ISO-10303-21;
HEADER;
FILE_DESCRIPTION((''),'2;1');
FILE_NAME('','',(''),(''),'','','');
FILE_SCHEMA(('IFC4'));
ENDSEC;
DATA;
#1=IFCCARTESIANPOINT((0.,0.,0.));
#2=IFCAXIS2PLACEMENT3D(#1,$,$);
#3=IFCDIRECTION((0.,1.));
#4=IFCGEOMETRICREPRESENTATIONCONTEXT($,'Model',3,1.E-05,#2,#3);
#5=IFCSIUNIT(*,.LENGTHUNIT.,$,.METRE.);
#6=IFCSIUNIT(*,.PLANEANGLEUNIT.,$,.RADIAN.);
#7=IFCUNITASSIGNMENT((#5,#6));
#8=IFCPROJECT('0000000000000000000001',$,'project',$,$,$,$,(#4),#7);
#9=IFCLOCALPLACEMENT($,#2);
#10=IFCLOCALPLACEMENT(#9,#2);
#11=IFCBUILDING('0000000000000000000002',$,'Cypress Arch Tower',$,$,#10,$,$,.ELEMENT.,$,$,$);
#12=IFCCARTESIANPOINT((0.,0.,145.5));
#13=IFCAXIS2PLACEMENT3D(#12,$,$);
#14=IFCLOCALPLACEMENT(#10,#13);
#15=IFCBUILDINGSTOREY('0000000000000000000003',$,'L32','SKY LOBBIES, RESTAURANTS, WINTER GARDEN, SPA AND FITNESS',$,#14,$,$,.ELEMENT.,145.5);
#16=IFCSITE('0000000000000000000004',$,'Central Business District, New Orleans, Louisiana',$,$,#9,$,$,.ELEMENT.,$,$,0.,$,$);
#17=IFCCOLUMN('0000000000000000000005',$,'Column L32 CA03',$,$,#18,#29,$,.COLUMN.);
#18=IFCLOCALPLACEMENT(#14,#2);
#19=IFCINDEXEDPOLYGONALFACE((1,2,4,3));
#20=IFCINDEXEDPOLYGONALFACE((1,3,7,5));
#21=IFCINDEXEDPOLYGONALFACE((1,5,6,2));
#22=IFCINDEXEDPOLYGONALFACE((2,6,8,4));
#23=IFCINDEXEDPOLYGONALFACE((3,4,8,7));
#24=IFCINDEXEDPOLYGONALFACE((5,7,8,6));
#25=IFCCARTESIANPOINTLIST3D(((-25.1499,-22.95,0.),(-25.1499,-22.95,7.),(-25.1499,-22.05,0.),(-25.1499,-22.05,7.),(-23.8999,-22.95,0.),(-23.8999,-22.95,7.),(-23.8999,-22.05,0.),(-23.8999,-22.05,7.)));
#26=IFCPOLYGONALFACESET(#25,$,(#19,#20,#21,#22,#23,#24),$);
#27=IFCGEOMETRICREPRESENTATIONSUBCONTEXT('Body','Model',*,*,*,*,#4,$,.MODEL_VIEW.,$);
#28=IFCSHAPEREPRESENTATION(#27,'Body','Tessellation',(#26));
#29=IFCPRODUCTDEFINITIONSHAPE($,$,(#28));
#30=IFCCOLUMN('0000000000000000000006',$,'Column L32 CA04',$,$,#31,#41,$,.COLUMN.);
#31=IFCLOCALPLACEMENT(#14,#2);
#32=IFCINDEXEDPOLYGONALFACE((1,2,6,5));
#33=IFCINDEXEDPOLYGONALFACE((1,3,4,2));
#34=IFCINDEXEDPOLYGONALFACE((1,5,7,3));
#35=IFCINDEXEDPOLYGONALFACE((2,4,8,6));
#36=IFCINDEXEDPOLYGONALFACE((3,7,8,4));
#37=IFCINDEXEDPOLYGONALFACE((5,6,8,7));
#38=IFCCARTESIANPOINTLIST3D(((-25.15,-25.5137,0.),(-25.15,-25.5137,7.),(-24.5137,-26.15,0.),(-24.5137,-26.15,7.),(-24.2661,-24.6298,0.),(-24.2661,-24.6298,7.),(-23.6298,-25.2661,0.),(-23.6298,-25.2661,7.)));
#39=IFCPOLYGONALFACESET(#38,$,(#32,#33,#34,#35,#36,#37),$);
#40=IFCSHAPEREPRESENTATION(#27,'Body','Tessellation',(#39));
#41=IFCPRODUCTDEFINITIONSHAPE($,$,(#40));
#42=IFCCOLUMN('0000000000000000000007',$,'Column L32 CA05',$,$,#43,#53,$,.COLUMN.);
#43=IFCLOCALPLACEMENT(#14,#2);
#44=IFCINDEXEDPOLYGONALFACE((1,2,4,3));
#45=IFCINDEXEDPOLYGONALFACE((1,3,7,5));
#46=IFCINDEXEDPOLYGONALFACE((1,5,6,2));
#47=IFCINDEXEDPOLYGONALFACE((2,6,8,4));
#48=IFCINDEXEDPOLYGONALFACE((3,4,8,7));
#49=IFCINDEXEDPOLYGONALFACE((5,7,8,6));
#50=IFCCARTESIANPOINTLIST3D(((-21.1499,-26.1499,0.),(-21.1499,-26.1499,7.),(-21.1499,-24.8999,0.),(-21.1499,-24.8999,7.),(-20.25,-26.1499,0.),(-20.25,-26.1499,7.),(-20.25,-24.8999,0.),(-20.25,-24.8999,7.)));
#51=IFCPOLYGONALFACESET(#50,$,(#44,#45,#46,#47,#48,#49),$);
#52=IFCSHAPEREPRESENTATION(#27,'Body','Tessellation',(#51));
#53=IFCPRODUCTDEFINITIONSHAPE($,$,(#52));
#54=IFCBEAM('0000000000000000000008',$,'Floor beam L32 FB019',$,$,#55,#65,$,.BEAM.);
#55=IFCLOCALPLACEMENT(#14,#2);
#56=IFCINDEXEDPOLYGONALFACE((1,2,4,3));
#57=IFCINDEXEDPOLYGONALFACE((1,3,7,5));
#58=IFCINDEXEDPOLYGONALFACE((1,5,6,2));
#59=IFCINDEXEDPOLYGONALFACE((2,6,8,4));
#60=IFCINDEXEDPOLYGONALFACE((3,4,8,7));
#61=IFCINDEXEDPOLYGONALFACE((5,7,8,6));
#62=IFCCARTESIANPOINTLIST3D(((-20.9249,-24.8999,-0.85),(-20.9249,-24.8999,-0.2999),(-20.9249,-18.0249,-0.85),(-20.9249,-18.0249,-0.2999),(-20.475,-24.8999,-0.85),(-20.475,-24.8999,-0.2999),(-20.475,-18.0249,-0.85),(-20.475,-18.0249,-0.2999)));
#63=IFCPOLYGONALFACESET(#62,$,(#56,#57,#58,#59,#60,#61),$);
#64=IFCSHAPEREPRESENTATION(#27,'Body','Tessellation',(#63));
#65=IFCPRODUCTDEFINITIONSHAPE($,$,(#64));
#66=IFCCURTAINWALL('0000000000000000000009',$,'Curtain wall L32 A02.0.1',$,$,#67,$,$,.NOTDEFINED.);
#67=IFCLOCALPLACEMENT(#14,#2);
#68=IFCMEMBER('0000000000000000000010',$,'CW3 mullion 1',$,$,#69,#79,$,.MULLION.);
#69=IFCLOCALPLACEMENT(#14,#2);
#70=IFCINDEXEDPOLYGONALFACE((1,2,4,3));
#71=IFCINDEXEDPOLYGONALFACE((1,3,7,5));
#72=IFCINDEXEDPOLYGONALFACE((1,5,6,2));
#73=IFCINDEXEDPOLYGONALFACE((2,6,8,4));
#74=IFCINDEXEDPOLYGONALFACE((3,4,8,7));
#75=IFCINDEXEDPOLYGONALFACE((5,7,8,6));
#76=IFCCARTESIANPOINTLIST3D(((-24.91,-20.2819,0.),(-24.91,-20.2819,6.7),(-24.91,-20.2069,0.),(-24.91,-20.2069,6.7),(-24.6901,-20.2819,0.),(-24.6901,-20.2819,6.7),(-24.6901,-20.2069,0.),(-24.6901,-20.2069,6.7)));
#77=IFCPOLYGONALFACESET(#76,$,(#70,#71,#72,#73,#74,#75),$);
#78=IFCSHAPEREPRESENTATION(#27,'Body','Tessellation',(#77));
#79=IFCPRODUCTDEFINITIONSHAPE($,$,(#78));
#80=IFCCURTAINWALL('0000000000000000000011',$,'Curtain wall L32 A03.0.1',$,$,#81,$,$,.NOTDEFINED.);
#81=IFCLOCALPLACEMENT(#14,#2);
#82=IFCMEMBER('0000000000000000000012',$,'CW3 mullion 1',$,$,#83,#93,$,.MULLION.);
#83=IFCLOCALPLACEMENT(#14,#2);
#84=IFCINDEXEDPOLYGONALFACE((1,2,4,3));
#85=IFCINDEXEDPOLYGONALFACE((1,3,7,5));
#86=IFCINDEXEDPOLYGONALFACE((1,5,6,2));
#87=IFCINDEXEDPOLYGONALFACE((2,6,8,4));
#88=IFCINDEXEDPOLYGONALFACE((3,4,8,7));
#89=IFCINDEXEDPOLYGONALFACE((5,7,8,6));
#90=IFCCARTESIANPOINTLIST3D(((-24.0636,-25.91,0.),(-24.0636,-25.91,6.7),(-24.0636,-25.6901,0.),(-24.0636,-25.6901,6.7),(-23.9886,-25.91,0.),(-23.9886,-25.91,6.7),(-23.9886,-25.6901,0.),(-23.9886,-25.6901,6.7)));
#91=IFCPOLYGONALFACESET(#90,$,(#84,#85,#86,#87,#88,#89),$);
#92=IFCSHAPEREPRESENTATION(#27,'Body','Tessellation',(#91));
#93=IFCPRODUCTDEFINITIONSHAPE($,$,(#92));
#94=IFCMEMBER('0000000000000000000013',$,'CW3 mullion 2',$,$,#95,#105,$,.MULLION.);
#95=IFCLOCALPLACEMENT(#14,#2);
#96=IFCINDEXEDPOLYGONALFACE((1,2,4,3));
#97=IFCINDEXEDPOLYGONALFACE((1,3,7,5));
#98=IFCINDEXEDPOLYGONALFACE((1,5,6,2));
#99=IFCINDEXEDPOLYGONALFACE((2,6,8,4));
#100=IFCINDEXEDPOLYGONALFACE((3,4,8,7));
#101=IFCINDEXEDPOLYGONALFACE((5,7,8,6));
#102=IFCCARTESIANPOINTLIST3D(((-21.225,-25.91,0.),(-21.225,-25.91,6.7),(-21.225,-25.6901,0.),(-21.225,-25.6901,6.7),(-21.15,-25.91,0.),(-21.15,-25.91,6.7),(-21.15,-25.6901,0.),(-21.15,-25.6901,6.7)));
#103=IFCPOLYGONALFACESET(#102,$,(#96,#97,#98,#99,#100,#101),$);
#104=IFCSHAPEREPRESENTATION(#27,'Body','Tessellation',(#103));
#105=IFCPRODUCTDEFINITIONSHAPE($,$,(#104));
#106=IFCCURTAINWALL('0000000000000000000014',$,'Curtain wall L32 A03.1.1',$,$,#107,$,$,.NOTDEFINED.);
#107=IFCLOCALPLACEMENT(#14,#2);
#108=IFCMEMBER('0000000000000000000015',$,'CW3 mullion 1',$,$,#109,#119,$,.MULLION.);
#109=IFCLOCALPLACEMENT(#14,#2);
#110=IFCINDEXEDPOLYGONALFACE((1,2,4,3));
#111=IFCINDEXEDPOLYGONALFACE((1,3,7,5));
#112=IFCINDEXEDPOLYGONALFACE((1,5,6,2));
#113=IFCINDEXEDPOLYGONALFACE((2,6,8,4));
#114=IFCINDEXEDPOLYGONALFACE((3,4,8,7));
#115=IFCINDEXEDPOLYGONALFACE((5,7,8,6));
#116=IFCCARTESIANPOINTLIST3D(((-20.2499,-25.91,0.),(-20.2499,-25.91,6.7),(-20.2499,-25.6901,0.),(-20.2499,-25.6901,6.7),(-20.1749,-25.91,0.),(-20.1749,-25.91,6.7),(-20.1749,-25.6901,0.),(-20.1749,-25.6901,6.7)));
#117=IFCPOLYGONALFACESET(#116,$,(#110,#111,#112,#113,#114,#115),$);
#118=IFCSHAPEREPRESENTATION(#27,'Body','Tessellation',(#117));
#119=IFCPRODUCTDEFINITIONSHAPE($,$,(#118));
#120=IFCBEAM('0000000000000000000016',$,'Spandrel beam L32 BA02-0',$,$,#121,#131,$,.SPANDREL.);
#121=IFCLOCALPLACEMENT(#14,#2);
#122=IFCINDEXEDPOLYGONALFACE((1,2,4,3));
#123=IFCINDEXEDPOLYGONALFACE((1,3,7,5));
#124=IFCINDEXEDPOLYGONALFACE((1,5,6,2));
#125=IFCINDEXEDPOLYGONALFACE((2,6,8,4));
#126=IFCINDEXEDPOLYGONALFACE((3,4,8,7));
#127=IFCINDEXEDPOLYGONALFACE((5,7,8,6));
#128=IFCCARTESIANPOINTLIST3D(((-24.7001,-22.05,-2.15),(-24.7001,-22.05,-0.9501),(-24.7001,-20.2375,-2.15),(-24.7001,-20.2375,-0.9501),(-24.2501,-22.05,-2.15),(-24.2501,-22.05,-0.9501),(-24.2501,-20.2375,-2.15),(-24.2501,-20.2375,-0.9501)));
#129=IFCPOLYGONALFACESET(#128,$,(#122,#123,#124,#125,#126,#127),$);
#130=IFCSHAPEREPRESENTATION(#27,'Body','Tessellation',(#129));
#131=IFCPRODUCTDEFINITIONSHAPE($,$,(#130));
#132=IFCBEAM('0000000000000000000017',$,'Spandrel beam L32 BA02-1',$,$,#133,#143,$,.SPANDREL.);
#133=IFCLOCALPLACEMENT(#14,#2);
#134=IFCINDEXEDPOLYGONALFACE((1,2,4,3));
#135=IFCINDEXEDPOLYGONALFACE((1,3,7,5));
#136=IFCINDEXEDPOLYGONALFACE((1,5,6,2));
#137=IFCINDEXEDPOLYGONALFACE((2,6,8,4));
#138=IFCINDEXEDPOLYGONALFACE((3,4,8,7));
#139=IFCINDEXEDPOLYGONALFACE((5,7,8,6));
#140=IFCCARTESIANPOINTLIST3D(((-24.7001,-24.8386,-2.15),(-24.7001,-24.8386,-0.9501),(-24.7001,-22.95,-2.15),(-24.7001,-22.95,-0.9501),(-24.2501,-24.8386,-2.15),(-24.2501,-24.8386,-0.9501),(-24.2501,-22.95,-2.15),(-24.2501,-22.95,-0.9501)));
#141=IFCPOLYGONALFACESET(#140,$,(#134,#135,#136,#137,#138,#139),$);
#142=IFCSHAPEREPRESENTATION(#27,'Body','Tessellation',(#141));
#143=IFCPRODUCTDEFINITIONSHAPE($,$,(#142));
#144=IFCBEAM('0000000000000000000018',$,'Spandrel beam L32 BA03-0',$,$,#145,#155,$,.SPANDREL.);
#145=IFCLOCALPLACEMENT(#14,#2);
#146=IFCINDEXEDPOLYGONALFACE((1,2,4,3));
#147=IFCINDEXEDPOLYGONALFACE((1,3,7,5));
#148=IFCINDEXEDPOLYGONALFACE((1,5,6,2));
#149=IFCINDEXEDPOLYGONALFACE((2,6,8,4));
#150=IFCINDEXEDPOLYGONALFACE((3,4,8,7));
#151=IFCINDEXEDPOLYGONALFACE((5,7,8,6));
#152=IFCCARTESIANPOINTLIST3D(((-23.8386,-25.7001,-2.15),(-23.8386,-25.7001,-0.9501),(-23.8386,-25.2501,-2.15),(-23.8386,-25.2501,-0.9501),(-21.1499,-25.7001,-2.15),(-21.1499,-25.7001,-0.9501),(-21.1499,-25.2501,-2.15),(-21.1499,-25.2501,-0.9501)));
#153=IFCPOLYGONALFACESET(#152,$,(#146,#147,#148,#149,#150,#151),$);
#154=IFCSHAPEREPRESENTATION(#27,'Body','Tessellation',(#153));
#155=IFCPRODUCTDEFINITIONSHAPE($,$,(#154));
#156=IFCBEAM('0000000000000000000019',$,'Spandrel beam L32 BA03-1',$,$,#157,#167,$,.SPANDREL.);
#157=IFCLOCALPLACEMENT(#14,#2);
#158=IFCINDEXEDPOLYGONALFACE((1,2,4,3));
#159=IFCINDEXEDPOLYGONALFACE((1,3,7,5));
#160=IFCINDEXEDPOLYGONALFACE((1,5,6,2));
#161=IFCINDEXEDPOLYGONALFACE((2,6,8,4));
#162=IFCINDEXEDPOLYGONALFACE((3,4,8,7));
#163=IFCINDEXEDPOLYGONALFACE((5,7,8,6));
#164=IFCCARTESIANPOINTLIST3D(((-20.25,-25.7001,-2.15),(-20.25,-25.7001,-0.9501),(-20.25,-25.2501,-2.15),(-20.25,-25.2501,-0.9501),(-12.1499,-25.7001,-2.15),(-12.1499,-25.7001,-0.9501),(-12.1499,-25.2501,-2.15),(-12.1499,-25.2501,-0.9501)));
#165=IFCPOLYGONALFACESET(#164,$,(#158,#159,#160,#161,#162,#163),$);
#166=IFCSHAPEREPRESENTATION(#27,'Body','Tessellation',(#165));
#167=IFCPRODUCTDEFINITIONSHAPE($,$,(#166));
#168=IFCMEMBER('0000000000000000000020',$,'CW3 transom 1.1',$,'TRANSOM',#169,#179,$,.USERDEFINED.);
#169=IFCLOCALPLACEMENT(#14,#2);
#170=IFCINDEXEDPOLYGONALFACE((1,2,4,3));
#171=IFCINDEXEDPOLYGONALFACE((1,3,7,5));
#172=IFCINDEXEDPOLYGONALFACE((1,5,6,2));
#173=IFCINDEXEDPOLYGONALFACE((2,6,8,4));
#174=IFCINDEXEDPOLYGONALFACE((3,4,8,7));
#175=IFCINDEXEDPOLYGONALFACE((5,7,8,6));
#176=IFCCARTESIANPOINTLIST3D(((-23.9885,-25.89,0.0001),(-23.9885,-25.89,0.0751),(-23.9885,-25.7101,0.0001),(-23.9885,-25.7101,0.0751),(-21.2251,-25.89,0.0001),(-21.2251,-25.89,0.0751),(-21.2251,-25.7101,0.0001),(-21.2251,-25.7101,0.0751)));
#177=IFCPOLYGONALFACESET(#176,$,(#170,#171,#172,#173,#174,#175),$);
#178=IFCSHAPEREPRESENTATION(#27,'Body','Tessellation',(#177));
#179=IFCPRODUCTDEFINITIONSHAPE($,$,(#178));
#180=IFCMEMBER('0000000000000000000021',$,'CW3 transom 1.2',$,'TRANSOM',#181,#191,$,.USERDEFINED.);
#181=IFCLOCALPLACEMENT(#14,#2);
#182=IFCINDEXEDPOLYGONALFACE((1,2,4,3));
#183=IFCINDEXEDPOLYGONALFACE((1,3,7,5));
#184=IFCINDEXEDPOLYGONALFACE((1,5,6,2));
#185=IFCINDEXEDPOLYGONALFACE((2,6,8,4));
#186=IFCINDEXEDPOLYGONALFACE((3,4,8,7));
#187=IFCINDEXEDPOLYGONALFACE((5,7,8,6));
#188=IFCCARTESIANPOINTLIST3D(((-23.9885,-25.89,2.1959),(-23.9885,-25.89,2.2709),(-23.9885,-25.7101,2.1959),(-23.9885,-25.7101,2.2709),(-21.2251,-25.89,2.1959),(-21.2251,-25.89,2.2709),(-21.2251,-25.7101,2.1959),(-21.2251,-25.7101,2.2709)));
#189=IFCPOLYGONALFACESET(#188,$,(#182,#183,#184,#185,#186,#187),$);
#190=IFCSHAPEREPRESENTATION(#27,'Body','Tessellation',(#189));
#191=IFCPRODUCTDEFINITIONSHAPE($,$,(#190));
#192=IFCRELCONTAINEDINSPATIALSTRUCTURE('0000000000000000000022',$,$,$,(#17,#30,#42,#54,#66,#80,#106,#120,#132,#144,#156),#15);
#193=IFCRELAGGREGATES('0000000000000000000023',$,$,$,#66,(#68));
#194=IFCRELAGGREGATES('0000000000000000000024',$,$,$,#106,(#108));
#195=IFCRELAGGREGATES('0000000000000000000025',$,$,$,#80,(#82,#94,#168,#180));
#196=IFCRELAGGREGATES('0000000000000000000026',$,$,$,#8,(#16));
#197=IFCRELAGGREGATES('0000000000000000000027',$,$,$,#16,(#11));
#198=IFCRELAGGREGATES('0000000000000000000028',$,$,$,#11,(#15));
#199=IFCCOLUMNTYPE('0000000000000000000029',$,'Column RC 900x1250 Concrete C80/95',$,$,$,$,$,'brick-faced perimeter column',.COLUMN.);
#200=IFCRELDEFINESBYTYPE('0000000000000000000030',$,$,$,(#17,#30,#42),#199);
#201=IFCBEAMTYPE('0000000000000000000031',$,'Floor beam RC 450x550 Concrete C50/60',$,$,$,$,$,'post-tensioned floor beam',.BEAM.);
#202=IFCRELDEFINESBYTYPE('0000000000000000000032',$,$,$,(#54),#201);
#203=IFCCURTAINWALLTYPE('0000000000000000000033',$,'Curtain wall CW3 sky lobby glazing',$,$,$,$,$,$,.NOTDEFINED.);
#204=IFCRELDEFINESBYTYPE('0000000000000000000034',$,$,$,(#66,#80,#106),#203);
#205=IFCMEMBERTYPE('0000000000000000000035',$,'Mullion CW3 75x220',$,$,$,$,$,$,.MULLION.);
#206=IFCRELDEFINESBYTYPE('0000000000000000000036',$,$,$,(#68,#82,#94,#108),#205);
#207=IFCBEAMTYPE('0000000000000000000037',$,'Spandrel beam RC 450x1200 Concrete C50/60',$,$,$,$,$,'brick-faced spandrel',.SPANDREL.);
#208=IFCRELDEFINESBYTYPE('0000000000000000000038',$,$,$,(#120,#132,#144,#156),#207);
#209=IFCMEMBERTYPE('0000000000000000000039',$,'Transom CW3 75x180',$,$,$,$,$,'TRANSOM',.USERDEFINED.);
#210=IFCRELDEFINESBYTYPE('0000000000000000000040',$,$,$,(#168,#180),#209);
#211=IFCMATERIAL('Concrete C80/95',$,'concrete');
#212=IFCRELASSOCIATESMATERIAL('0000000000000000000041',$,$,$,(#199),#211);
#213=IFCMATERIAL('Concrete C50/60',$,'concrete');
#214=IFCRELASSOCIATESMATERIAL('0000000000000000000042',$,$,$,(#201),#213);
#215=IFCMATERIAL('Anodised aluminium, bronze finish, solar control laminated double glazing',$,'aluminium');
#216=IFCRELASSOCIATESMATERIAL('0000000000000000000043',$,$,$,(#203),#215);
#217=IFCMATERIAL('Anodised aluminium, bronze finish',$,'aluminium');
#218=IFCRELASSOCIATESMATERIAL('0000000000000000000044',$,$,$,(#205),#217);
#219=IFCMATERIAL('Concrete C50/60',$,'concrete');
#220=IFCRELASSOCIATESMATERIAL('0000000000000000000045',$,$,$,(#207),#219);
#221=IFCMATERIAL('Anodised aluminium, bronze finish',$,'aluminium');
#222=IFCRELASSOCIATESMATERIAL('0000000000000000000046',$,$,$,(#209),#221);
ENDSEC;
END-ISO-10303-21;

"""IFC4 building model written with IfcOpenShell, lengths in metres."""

from ifc_helpers import new_model, si_unit, direction, frame, origin, origin_2d, place, context, subcontext, project, spatial, rectangle, extrude, material, material_profile, profile_set, type_object, element, aggregate, save


model = new_model("IFC4")

# Units and contexts
model_context = context("Model", 3, precision=1e-05, world=origin(), true_north=direction((0.0, 1.0)))
body_context = subcontext(model_context, "Body", "Model", "MODEL_VIEW")
ifc_project = project(units=[si_unit("LENGTHUNIT", "METRE"), si_unit("PLANEANGLEUNIT", "RADIAN")], contexts=[model_context])

# Site, building, storey
site_placement = place(None, origin())
site = spatial("IfcSite", under=ifc_project, at=site_placement, Name="Central Business District, New Orleans, Louisiana", CompositionType="ELEMENT", RefElevation=0.0)
building_placement = place(site_placement, origin())
building = spatial("IfcBuilding", under=site, at=building_placement, Name="Cypress Arch Tower", CompositionType="ELEMENT")
storey_placement = place(building_placement, frame((0.0, 0.0, 145.5)))
storey = spatial("IfcBuildingStorey", under=building, at=storey_placement, Name="L32", Description="SKY LOBBIES, RESTAURANTS, WINTER GARDEN, SPA AND FITNESS", CompositionType="ELEMENT", Elevation=145.5)

# Columns
ifc_material_1 = material(Name="Concrete C80/95", Category="concrete")
ifc_material_profile_1 = material_profile(ifc_material_1, rectangle(XDim=0.8999, YDim=1.25, at=origin_2d()), Name="RC 900x1250")
ifc_profile_set_1 = profile_set([ifc_material_profile_1], Name="Concrete C80/95")
column_type = type_object("IfcColumnType", Name="Column RC 900x1250 Concrete C80/95", ElementType="brick-faced perimeter column", PredefinedType="COLUMN", material=ifc_profile_set_1)
for number, where, z_axis, x_axis, name in (
    (1, (-24.5249, -22.5, 0.0), (0.0, 0.0, 1.0), (0.0, -1.0, 0.0), "Column L32 CA03"),
    (2, (-24.3899, -25.3899, 0.0), (0.0, 0.0, 1.0), (0.707107, -0.707107, 0.0), "Column L32 CA04"),
    (3, (-20.7, -25.5249, 0.0), (0.0, 0.0, 1.0), (1.0, 0.0, 0.0), "Column L32 CA05"),
):
    element("IfcColumn", number, at=place(storey_placement, frame(where, z_axis=z_axis, x_axis=x_axis)), inside=storey, type_object=column_type, Name=name, PredefinedType="COLUMN", context=body_context, shape_type="SweptSolid", body=[
        extrude(rectangle(XDim=0.8999, YDim=1.25, at=origin_2d()), origin(), (0.0, 0.0, 1.0), 7.0),
    ])

# Beam
ifc_material_2 = material(Name="Concrete C50/60", Category="concrete")
ifc_material_profile_2 = material_profile(ifc_material_2, rectangle(XDim=0.45, YDim=0.55, at=origin_2d()), Name="RC 450x550")
ifc_profile_set_2 = profile_set([ifc_material_profile_2], Name="Concrete C50/60")
beam_type_1 = type_object("IfcBeamType", Name="Floor beam RC 450x550 Concrete C50/60", ElementType="post-tensioned floor beam", PredefinedType="BEAM", material=ifc_profile_set_2)
beam_1_placement = place(storey_placement, frame((-20.7, -24.8999, -0.575), z_axis=(0.0, 1.0, 0.0), x_axis=(-1.0, 0.0, 0.0)))
element("IfcBeam", 4, at=beam_1_placement, inside=storey, type_object=beam_type_1, Name="Floor beam L32 FB019", PredefinedType="BEAM", context=body_context, shape_type="SweptSolid", body=[
    extrude(rectangle(XDim=0.45, YDim=0.55, at=origin_2d()), origin(), (0.0, 0.0, 1.0), 6.875),
])

# Curtain wall, member
ifc_material_3 = material(Name="Anodised aluminium, bronze finish, solar control laminated double glazing", Category="aluminium")
curtain_wall_type = type_object("IfcCurtainWallType", Name="Curtain wall CW3 sky lobby glazing", PredefinedType="NOTDEFINED", material=ifc_material_3)
curtain_wall_1_placement = place(storey_placement, origin())
curtain_wall_1 = element("IfcCurtainWall", 5, at=curtain_wall_1_placement, inside=storey, type_object=curtain_wall_type, Name="Curtain wall L32 A02.0.1", PredefinedType="NOTDEFINED")
ifc_material_4 = material(Name="Anodised aluminium, bronze finish", Category="aluminium")
ifc_material_profile_3 = material_profile(ifc_material_4, rectangle(XDim=0.22, YDim=0.075, at=origin_2d()), Name="Mullion 75x220")
ifc_profile_set_3 = profile_set([ifc_material_profile_3], Name="Anodised aluminium, bronze finish")
member_type_1 = type_object("IfcMemberType", Name="Mullion CW3 75x220", PredefinedType="MULLION", material=ifc_profile_set_3)
member_1_placement = place(storey_placement, frame((-24.8, -20.2444, 0.0), z_axis=(0.0, 0.0, 1.0), x_axis=(1.0, 0.0, 0.0)))
member_1 = element("IfcMember", 6, at=member_1_placement, type_object=member_type_1, Name="CW3 mullion 1", PredefinedType="MULLION", context=body_context, shape_type="SweptSolid", body=[
    extrude(rectangle(XDim=0.22, YDim=0.075, at=origin_2d()), origin(), (0.0, 0.0, 1.0), 6.7),
])
aggregate(curtain_wall_1, [member_1])

# Curtain wall, members
curtain_wall_2_placement = place(storey_placement, origin())
curtain_wall_2 = element("IfcCurtainWall", 7, at=curtain_wall_2_placement, inside=storey, type_object=curtain_wall_type, Name="Curtain wall L32 A03.0.1", PredefinedType="NOTDEFINED")
member_2_placement = place(storey_placement, frame((-24.0261, -25.8, 0.0), z_axis=(0.0, 0.0, 1.0), x_axis=(0.0, 1.0, 0.0)))
member_2 = element("IfcMember", 8, at=member_2_placement, type_object=member_type_1, Name="CW3 mullion 1", PredefinedType="MULLION", context=body_context, shape_type="SweptSolid", body=[
    extrude(rectangle(XDim=0.22, YDim=0.075, at=origin_2d()), origin(), (0.0, 0.0, 1.0), 6.7),
])
member_3_placement = place(storey_placement, frame((-21.1875, -25.8, 0.0), z_axis=(0.0, 0.0, 1.0), x_axis=(0.0, 1.0, 0.0)))
member_3 = element("IfcMember", 9, at=member_3_placement, type_object=member_type_1, Name="CW3 mullion 2", PredefinedType="MULLION", context=body_context, shape_type="SweptSolid", body=[
    extrude(rectangle(XDim=0.22, YDim=0.075, at=origin_2d()), origin(), (0.0, 0.0, 1.0), 6.7),
])

# Curtain wall, member
curtain_wall_3_placement = place(storey_placement, origin())
curtain_wall_3 = element("IfcCurtainWall", 10, at=curtain_wall_3_placement, inside=storey, type_object=curtain_wall_type, Name="Curtain wall L32 A03.1.1", PredefinedType="NOTDEFINED")
member_4_placement = place(storey_placement, frame((-20.2124, -25.8, 0.0), z_axis=(0.0, 0.0, 1.0), x_axis=(0.0, 1.0, 0.0)))
member_4 = element("IfcMember", 11, at=member_4_placement, type_object=member_type_1, Name="CW3 mullion 1", PredefinedType="MULLION", context=body_context, shape_type="SweptSolid", body=[
    extrude(rectangle(XDim=0.22, YDim=0.075, at=origin_2d()), origin(), (0.0, 0.0, 1.0), 6.7),
])

# Beams
ifc_material_5 = material(Name="Concrete C50/60", Category="concrete")
ifc_material_profile_4 = material_profile(ifc_material_5, rectangle(XDim=0.45, YDim=1.2, at=origin_2d()), Name="RC 450x1200")
ifc_profile_set_4 = profile_set([ifc_material_profile_4], Name="Concrete C50/60")
beam_type_2 = type_object("IfcBeamType", Name="Spandrel beam RC 450x1200 Concrete C50/60", ElementType="brick-faced spandrel", PredefinedType="SPANDREL", material=ifc_profile_set_4)
beam_2_placement = place(storey_placement, frame((-24.4751, -20.2375, -1.55), z_axis=(0.0, -1.0, 0.0), x_axis=(1.0, 0.0, 0.0)))
element("IfcBeam", 12, at=beam_2_placement, inside=storey, type_object=beam_type_2, Name="Spandrel beam L32 BA02-0", PredefinedType="SPANDREL", context=body_context, shape_type="SweptSolid", body=[
    extrude(rectangle(XDim=0.45, YDim=1.2, at=origin_2d()), origin(), (0.0, 0.0, 1.0), 1.8125),
])
beam_3_placement = place(storey_placement, frame((-24.4751, -22.95, -1.55), z_axis=(0.0, -1.0, 0.0), x_axis=(1.0, 0.0, 0.0)))
element("IfcBeam", 13, at=beam_3_placement, inside=storey, type_object=beam_type_2, Name="Spandrel beam L32 BA02-1", PredefinedType="SPANDREL", context=body_context, shape_type="SweptSolid", body=[
    extrude(rectangle(XDim=0.45, YDim=1.2, at=origin_2d()), origin(), (0.0, 0.0, 1.0), 1.8887),
])
beam_4_placement = place(storey_placement, frame((-23.8386, -25.4751, -1.55), z_axis=(1.0, 0.0, 0.0), x_axis=(0.0, 1.0, 0.0)))
element("IfcBeam", 14, at=beam_4_placement, inside=storey, type_object=beam_type_2, Name="Spandrel beam L32 BA03-0", PredefinedType="SPANDREL", context=body_context, shape_type="SweptSolid", body=[
    extrude(rectangle(XDim=0.45, YDim=1.2, at=origin_2d()), origin(), (0.0, 0.0, 1.0), 2.6887),
])
beam_5_placement = place(storey_placement, frame((-20.25, -25.4751, -1.55), z_axis=(1.0, 0.0, 0.0), x_axis=(0.0, 1.0, 0.0)))
element("IfcBeam", 15, at=beam_5_placement, inside=storey, type_object=beam_type_2, Name="Spandrel beam L32 BA03-1", PredefinedType="SPANDREL", context=body_context, shape_type="SweptSolid", body=[
    extrude(rectangle(XDim=0.45, YDim=1.2, at=origin_2d()), origin(), (0.0, 0.0, 1.0), 8.1001),
])

# Members
ifc_material_6 = material(Name="Anodised aluminium, bronze finish", Category="aluminium")
ifc_material_profile_5 = material_profile(ifc_material_6, rectangle(XDim=0.1799, YDim=0.075, at=origin_2d()), Name="Transom 75x180")
ifc_profile_set_5 = profile_set([ifc_material_profile_5], Name="Anodised aluminium, bronze finish")
member_type_2 = type_object("IfcMemberType", Name="Transom CW3 75x180", ElementType="TRANSOM", PredefinedType="USERDEFINED", material=ifc_profile_set_5)
member_5_placement = place(storey_placement, frame((-23.9885, -25.8, 0.0376), z_axis=(1.0, 0.0, 0.0), x_axis=(0.0, 1.0, 0.0)))
member_5 = element("IfcMember", 16, at=member_5_placement, type_object=member_type_2, Name="CW3 transom 1.1", ObjectType="TRANSOM", PredefinedType="USERDEFINED", context=body_context, shape_type="SweptSolid", body=[
    extrude(rectangle(XDim=0.1799, YDim=0.075, at=origin_2d()), origin(), (0.0, 0.0, 1.0), 2.7634),
])
member_6_placement = place(storey_placement, frame((-23.9885, -25.8, 2.2334), z_axis=(1.0, 0.0, 0.0), x_axis=(0.0, 1.0, 0.0)))
member_6 = element("IfcMember", 17, at=member_6_placement, type_object=member_type_2, Name="CW3 transom 1.2", ObjectType="TRANSOM", PredefinedType="USERDEFINED", context=body_context, shape_type="SweptSolid", body=[
    extrude(rectangle(XDim=0.1799, YDim=0.075, at=origin_2d()), origin(), (0.0, 0.0, 1.0), 2.7634),
])
aggregate(curtain_wall_3, [member_4])

aggregate(curtain_wall_2, [member_2, member_3, member_5, member_6])

save(model, "model.ifc")
